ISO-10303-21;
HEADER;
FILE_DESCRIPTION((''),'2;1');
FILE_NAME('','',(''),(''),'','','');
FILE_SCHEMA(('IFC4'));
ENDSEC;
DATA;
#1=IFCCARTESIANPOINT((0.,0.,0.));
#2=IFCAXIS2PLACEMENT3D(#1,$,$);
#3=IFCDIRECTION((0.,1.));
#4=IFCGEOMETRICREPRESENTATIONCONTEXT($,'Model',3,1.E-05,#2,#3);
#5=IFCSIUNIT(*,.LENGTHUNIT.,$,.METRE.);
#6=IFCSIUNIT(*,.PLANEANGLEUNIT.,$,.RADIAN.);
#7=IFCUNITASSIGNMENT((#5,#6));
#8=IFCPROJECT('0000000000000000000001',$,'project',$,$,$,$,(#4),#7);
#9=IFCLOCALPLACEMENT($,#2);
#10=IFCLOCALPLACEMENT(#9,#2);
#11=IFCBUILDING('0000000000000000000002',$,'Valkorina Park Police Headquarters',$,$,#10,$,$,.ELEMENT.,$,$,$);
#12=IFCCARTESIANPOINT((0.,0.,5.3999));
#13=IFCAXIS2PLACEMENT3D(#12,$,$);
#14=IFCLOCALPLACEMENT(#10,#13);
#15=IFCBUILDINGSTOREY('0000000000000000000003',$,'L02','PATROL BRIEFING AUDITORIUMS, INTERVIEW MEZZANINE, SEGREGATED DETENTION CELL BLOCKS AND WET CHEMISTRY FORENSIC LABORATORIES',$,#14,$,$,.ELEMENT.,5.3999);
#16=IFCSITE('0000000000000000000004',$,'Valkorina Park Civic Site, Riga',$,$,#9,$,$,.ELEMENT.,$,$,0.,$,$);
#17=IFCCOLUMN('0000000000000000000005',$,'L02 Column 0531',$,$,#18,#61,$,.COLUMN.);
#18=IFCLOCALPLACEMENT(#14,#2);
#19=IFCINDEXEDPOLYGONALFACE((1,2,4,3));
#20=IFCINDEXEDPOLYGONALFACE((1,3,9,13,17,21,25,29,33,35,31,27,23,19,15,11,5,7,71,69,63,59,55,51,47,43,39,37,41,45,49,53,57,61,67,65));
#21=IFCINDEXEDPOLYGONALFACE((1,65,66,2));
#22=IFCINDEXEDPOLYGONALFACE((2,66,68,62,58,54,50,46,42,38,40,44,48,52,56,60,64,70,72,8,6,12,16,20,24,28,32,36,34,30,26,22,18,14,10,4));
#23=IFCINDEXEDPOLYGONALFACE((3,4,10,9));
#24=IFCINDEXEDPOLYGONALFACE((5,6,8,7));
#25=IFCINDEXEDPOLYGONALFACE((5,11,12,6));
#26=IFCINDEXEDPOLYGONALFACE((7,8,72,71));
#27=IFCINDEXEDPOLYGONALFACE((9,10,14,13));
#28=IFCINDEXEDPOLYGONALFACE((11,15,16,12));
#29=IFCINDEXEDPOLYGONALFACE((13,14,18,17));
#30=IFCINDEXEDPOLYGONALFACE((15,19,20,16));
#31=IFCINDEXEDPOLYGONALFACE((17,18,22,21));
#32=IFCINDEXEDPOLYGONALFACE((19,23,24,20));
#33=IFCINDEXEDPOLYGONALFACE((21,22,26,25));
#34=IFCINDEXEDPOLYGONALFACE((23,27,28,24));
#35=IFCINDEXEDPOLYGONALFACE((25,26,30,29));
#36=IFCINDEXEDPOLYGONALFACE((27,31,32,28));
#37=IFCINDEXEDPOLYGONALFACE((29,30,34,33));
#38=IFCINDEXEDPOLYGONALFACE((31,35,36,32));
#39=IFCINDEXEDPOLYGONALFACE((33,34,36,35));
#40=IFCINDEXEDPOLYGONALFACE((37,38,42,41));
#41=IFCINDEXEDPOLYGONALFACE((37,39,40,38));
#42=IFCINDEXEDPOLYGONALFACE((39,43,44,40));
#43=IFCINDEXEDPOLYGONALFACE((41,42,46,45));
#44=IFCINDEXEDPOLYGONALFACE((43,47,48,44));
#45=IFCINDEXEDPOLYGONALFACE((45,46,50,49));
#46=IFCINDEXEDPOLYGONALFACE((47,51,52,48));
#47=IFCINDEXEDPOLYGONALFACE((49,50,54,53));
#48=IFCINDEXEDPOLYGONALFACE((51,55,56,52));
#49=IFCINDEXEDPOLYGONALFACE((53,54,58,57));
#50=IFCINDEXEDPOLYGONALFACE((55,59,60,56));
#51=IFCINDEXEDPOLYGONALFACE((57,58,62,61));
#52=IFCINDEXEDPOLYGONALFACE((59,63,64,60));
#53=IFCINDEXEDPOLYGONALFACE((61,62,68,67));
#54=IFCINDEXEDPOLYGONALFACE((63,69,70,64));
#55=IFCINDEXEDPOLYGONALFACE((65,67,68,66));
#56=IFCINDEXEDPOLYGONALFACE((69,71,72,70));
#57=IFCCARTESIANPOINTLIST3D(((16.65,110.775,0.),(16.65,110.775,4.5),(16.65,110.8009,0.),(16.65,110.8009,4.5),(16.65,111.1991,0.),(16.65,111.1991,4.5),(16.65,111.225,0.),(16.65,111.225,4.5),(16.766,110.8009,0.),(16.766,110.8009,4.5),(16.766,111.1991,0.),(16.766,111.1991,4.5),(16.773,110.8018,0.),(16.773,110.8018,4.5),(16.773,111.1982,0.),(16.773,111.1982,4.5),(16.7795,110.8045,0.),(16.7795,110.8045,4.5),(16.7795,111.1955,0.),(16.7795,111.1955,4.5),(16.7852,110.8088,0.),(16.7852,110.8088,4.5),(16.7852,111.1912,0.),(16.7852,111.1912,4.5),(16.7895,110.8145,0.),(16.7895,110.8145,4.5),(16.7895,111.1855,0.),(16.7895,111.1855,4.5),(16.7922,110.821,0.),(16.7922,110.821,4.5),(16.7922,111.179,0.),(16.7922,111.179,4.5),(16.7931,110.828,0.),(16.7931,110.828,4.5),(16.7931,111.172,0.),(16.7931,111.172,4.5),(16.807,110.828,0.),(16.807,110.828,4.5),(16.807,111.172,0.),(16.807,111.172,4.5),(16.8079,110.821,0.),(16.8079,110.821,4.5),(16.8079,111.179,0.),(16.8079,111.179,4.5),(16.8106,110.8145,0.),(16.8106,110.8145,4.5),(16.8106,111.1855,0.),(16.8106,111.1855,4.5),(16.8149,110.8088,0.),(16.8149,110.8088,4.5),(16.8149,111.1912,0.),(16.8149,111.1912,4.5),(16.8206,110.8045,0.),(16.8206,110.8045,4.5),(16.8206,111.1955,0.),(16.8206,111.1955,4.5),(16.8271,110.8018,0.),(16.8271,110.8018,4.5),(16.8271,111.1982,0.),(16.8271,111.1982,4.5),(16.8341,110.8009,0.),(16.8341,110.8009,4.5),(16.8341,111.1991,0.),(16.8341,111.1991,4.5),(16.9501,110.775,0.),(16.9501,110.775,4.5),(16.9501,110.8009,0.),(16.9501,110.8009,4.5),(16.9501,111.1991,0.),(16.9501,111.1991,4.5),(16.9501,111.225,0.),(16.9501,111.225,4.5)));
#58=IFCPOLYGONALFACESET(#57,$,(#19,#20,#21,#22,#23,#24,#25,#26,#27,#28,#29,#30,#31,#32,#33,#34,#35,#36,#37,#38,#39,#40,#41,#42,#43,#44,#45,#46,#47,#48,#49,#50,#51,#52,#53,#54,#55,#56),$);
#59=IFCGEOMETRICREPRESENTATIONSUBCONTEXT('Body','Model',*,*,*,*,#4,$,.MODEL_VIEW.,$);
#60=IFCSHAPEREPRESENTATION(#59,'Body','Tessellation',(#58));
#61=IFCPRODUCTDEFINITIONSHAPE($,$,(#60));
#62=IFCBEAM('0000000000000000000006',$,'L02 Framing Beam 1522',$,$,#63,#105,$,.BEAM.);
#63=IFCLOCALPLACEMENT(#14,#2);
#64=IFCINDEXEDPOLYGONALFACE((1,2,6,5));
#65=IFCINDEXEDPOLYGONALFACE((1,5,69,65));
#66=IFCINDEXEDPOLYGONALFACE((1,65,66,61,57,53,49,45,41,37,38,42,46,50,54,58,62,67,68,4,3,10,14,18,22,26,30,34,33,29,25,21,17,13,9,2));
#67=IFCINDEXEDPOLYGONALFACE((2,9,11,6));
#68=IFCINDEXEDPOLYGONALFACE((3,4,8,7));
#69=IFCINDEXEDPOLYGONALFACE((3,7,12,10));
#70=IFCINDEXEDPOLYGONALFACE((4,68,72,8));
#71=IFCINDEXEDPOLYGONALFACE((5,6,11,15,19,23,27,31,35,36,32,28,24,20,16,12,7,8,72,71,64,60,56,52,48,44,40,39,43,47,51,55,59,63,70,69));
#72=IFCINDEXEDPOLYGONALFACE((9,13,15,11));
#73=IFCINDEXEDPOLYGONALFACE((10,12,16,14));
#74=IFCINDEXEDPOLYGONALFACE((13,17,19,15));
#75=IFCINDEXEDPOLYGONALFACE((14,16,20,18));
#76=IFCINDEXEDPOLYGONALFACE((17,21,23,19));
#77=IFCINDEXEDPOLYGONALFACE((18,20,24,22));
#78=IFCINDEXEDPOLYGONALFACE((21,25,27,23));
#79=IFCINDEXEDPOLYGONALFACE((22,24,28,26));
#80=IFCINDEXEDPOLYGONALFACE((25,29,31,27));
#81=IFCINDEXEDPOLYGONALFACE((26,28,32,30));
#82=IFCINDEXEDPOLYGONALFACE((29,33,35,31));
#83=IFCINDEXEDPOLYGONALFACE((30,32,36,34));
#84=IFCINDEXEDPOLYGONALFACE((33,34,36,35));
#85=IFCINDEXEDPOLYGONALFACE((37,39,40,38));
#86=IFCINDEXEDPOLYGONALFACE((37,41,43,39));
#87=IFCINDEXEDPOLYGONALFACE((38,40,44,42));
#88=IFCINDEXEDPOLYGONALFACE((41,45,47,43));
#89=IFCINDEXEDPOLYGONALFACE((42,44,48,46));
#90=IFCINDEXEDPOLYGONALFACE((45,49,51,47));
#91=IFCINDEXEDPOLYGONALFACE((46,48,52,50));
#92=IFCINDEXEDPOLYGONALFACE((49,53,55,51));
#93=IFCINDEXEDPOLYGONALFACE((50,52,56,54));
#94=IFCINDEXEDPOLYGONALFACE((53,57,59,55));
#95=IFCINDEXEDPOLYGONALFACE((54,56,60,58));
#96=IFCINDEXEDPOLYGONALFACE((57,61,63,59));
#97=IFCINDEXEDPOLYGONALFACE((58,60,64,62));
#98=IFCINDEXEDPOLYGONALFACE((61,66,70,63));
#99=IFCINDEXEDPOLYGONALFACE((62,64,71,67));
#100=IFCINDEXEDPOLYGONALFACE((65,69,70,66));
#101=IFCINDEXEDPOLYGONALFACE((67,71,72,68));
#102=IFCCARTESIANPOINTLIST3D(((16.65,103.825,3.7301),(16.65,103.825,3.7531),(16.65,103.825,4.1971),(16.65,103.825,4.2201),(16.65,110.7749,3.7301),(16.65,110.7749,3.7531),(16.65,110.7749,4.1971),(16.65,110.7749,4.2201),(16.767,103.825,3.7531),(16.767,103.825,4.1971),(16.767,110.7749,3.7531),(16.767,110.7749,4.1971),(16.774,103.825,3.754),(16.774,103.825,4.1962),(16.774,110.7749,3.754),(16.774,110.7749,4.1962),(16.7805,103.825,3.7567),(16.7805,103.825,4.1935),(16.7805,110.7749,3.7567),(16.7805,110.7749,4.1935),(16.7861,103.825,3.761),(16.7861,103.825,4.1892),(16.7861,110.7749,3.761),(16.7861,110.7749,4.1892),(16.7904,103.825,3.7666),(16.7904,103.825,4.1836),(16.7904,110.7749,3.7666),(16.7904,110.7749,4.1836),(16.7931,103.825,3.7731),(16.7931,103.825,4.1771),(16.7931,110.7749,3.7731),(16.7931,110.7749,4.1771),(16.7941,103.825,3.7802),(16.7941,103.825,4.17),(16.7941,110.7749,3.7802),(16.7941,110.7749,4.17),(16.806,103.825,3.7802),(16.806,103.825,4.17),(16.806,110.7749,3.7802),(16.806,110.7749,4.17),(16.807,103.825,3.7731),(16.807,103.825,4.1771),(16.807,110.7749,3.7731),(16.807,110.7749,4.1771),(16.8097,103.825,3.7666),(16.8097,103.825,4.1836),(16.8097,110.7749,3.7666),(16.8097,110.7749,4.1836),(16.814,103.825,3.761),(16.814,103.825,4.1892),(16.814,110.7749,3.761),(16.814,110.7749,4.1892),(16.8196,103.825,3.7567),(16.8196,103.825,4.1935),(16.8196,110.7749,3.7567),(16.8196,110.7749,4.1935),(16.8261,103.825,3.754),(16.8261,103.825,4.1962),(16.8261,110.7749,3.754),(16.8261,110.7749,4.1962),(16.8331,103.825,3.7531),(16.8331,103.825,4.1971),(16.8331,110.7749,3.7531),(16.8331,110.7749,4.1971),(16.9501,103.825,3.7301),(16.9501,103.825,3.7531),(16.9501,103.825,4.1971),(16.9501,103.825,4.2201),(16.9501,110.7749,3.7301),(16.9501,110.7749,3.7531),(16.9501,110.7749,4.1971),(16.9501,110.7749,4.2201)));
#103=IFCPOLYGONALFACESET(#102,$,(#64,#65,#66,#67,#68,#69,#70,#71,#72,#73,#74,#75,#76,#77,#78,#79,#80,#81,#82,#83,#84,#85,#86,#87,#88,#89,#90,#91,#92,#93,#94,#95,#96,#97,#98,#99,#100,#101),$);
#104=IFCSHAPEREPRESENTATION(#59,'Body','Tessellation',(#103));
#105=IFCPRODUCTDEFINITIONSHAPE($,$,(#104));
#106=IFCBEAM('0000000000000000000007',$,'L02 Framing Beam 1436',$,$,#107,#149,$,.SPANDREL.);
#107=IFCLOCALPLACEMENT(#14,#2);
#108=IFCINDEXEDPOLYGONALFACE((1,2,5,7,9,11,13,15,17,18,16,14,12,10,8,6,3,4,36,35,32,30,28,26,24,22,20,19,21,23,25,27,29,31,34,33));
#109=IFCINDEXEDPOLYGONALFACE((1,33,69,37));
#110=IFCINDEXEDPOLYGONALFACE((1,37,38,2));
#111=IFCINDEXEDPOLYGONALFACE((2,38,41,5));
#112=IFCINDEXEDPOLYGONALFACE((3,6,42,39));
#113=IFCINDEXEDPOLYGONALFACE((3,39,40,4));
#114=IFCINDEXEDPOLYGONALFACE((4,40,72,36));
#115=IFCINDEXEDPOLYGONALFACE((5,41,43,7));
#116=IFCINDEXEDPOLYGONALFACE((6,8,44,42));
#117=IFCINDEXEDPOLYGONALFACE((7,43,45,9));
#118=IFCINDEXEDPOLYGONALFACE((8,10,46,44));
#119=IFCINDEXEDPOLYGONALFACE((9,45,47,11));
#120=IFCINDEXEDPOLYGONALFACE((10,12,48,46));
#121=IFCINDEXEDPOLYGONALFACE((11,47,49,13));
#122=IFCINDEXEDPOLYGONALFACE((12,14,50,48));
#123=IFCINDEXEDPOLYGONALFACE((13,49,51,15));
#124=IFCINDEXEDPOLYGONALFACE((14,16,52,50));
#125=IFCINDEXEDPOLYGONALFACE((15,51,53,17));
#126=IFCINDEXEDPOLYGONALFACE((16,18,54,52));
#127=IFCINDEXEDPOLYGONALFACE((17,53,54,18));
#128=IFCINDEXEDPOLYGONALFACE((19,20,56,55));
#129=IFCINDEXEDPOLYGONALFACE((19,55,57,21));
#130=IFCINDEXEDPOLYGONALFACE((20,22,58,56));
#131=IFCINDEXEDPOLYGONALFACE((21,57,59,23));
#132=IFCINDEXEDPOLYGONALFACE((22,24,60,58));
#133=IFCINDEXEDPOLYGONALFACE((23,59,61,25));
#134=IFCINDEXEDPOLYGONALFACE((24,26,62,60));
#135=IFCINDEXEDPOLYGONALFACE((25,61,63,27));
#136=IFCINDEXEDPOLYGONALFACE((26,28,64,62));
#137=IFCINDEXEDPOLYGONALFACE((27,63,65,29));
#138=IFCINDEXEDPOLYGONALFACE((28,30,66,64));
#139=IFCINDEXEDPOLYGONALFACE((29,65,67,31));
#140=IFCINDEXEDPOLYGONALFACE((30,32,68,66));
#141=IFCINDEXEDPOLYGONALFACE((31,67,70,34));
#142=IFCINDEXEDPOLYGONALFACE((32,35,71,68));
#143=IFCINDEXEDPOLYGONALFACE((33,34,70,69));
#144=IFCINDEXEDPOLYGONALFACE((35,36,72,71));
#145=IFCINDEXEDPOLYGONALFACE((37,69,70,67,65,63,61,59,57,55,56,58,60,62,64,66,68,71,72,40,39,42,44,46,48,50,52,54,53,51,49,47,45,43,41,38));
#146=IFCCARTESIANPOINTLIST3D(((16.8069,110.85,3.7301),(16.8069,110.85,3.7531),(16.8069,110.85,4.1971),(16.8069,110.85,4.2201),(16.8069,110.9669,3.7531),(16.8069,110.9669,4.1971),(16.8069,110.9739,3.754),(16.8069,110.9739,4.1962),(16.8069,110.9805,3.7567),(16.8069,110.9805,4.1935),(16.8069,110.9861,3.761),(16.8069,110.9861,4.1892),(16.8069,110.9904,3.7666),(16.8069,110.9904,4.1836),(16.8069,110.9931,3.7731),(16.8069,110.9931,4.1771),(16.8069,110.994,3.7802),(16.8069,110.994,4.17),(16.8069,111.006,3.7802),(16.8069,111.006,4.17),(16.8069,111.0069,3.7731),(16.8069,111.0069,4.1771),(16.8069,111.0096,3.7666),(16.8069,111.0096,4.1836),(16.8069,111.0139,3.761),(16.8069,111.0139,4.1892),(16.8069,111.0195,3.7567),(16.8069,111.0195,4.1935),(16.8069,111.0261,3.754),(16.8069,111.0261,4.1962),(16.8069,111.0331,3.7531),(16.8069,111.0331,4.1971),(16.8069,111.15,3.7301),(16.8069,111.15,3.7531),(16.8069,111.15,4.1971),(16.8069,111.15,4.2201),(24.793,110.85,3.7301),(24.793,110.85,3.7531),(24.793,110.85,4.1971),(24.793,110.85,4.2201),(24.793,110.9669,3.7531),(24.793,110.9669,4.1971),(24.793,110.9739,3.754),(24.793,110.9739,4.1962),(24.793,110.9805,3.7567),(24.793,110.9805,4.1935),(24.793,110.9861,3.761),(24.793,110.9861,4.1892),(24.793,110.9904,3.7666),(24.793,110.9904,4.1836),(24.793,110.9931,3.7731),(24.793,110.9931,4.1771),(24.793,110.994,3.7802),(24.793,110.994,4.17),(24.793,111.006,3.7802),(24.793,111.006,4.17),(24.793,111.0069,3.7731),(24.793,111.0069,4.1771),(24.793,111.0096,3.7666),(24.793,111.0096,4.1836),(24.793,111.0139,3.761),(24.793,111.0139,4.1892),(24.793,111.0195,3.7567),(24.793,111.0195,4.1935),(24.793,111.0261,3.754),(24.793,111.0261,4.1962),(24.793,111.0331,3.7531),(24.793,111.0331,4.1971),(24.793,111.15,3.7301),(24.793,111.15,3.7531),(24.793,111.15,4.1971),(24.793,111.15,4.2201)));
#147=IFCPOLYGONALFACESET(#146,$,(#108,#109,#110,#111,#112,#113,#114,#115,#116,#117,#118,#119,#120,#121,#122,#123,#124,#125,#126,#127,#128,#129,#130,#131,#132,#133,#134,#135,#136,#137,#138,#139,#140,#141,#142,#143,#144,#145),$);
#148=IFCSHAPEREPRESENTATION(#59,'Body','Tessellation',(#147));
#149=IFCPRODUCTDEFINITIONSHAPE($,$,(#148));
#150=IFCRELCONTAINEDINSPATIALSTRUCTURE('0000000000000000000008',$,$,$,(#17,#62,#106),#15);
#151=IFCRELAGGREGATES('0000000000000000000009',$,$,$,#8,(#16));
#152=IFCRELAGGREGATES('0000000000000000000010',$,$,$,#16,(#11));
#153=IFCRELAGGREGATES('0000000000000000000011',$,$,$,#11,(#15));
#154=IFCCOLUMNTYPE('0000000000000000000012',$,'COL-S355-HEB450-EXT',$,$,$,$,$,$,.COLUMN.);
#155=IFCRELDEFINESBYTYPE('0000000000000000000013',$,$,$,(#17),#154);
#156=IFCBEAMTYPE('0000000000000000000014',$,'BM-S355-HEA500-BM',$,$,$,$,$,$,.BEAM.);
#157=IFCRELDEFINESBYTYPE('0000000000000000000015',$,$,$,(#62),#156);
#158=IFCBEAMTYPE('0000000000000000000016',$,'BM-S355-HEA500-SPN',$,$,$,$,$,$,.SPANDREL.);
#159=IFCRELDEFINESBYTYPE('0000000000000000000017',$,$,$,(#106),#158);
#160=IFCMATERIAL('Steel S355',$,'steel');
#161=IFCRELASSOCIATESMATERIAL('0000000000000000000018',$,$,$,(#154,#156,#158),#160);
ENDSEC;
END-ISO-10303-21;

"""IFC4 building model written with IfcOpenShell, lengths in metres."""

from ifc_helpers import new_model, si_unit, direction, frame, origin, origin_2d, place, context, subcontext, project, spatial, i_section, extrude, material, material_profile, profile_set, type_object, element, save


model = new_model("IFC4")

# Units and contexts
model_context = context("Model", 3, precision=1e-05, world=origin(), true_north=direction((0.0, 1.0)))
body_context = subcontext(model_context, "Body", "Model", "MODEL_VIEW")
ifc_project = project(units=[si_unit("LENGTHUNIT", "METRE"), si_unit("PLANEANGLEUNIT", "RADIAN")], contexts=[model_context])

# Site, building, storey
site_placement = place(None, origin())
site = spatial("IfcSite", under=ifc_project, at=site_placement, Name="Valkorina Park Civic Site, Riga", CompositionType="ELEMENT", RefElevation=0.0)
building_placement = place(site_placement, origin())
building = spatial("IfcBuilding", under=site, at=building_placement, Name="Valkorina Park Police Headquarters", CompositionType="ELEMENT")
storey_placement = place(building_placement, frame((0.0, 0.0, 5.3999)))
storey = spatial("IfcBuildingStorey", under=building, at=storey_placement, Name="L02", Description="PATROL BRIEFING AUDITORIUMS, INTERVIEW MEZZANINE, SEGREGATED DETENTION CELL BLOCKS AND WET CHEMISTRY FORENSIC LABORATORIES", CompositionType="ELEMENT", Elevation=5.3999)

# Column
ifc_material_1 = material(Name="Steel S355", Category="steel")
ifc_material_profile_1 = material_profile(ifc_material_1, i_section(OverallWidth=0.3, OverallDepth=0.45, WebThickness=0.0139, FlangeThickness=0.0259, FilletRadius=0.0271, at=origin_2d()), Name="HEB 450")
ifc_profile_set_1 = profile_set([ifc_material_profile_1], Name="Steel S355")
column_type = type_object("IfcColumnType", Name="COL-S355-HEB450-EXT", PredefinedType="COLUMN", material=ifc_profile_set_1)
column_placement = place(storey_placement, frame((16.8, 111.0, 0.0), z_axis=(0.0, 0.0, 1.0), x_axis=(1.0, 0.0, 0.0)))
element("IfcColumn", 1, at=column_placement, inside=storey, type_object=column_type, Name="L02 Column 0531", PredefinedType="COLUMN", context=body_context, shape_type="SweptSolid", body=[
    extrude(i_section(OverallWidth=0.3, OverallDepth=0.45, WebThickness=0.0139, FlangeThickness=0.0259, FilletRadius=0.0271, at=origin_2d()), origin(), (0.0, 0.0, 1.0), 4.5),
])

# Beams
ifc_material_profile_2 = material_profile(ifc_material_1, i_section(OverallWidth=0.3, OverallDepth=0.49, WebThickness=0.012, FlangeThickness=0.0229, FilletRadius=0.0271, at=origin_2d()), Name="HEA 500")
ifc_profile_set_2 = profile_set([ifc_material_profile_2], Name="Steel S355")
beam_type_1 = type_object("IfcBeamType", Name="BM-S355-HEA500-BM", PredefinedType="BEAM", material=ifc_profile_set_2)
beam_1_placement = place(storey_placement, frame((16.8, 103.825, 3.9751), z_axis=(0.0, 1.0, 0.0), x_axis=(-1.0, 0.0, 0.0)))
element("IfcBeam", 2, at=beam_1_placement, inside=storey, type_object=beam_type_1, Name="L02 Framing Beam 1522", PredefinedType="BEAM", context=body_context, shape_type="SweptSolid", body=[
    extrude(i_section(OverallWidth=0.3, OverallDepth=0.49, WebThickness=0.012, FlangeThickness=0.0229, FilletRadius=0.0271, at=origin_2d()), origin(), (0.0, 0.0, 1.0), 6.95),
])
ifc_material_profile_3 = material_profile(ifc_material_1, i_section(OverallWidth=0.3, OverallDepth=0.49, WebThickness=0.012, FlangeThickness=0.0229, FilletRadius=0.0271, at=origin_2d()), Name="HEA 500")
ifc_profile_set_3 = profile_set([ifc_material_profile_3], Name="Steel S355")
beam_type_2 = type_object("IfcBeamType", Name="BM-S355-HEA500-SPN", PredefinedType="SPANDREL", material=ifc_profile_set_3)
beam_2_placement = place(storey_placement, frame((16.8069, 111.0, 3.9751), z_axis=(1.0, 0.0, 0.0), x_axis=(0.0, 1.0, 0.0)))
element("IfcBeam", 3, at=beam_2_placement, inside=storey, type_object=beam_type_2, Name="L02 Framing Beam 1436", PredefinedType="SPANDREL", context=body_context, shape_type="SweptSolid", body=[
    extrude(i_section(OverallWidth=0.3, OverallDepth=0.49, WebThickness=0.012, FlangeThickness=0.0229, FilletRadius=0.0271, at=origin_2d()), origin(), (0.0, 0.0, 1.0), 7.9861),
])

save(model, "model.ifc")
